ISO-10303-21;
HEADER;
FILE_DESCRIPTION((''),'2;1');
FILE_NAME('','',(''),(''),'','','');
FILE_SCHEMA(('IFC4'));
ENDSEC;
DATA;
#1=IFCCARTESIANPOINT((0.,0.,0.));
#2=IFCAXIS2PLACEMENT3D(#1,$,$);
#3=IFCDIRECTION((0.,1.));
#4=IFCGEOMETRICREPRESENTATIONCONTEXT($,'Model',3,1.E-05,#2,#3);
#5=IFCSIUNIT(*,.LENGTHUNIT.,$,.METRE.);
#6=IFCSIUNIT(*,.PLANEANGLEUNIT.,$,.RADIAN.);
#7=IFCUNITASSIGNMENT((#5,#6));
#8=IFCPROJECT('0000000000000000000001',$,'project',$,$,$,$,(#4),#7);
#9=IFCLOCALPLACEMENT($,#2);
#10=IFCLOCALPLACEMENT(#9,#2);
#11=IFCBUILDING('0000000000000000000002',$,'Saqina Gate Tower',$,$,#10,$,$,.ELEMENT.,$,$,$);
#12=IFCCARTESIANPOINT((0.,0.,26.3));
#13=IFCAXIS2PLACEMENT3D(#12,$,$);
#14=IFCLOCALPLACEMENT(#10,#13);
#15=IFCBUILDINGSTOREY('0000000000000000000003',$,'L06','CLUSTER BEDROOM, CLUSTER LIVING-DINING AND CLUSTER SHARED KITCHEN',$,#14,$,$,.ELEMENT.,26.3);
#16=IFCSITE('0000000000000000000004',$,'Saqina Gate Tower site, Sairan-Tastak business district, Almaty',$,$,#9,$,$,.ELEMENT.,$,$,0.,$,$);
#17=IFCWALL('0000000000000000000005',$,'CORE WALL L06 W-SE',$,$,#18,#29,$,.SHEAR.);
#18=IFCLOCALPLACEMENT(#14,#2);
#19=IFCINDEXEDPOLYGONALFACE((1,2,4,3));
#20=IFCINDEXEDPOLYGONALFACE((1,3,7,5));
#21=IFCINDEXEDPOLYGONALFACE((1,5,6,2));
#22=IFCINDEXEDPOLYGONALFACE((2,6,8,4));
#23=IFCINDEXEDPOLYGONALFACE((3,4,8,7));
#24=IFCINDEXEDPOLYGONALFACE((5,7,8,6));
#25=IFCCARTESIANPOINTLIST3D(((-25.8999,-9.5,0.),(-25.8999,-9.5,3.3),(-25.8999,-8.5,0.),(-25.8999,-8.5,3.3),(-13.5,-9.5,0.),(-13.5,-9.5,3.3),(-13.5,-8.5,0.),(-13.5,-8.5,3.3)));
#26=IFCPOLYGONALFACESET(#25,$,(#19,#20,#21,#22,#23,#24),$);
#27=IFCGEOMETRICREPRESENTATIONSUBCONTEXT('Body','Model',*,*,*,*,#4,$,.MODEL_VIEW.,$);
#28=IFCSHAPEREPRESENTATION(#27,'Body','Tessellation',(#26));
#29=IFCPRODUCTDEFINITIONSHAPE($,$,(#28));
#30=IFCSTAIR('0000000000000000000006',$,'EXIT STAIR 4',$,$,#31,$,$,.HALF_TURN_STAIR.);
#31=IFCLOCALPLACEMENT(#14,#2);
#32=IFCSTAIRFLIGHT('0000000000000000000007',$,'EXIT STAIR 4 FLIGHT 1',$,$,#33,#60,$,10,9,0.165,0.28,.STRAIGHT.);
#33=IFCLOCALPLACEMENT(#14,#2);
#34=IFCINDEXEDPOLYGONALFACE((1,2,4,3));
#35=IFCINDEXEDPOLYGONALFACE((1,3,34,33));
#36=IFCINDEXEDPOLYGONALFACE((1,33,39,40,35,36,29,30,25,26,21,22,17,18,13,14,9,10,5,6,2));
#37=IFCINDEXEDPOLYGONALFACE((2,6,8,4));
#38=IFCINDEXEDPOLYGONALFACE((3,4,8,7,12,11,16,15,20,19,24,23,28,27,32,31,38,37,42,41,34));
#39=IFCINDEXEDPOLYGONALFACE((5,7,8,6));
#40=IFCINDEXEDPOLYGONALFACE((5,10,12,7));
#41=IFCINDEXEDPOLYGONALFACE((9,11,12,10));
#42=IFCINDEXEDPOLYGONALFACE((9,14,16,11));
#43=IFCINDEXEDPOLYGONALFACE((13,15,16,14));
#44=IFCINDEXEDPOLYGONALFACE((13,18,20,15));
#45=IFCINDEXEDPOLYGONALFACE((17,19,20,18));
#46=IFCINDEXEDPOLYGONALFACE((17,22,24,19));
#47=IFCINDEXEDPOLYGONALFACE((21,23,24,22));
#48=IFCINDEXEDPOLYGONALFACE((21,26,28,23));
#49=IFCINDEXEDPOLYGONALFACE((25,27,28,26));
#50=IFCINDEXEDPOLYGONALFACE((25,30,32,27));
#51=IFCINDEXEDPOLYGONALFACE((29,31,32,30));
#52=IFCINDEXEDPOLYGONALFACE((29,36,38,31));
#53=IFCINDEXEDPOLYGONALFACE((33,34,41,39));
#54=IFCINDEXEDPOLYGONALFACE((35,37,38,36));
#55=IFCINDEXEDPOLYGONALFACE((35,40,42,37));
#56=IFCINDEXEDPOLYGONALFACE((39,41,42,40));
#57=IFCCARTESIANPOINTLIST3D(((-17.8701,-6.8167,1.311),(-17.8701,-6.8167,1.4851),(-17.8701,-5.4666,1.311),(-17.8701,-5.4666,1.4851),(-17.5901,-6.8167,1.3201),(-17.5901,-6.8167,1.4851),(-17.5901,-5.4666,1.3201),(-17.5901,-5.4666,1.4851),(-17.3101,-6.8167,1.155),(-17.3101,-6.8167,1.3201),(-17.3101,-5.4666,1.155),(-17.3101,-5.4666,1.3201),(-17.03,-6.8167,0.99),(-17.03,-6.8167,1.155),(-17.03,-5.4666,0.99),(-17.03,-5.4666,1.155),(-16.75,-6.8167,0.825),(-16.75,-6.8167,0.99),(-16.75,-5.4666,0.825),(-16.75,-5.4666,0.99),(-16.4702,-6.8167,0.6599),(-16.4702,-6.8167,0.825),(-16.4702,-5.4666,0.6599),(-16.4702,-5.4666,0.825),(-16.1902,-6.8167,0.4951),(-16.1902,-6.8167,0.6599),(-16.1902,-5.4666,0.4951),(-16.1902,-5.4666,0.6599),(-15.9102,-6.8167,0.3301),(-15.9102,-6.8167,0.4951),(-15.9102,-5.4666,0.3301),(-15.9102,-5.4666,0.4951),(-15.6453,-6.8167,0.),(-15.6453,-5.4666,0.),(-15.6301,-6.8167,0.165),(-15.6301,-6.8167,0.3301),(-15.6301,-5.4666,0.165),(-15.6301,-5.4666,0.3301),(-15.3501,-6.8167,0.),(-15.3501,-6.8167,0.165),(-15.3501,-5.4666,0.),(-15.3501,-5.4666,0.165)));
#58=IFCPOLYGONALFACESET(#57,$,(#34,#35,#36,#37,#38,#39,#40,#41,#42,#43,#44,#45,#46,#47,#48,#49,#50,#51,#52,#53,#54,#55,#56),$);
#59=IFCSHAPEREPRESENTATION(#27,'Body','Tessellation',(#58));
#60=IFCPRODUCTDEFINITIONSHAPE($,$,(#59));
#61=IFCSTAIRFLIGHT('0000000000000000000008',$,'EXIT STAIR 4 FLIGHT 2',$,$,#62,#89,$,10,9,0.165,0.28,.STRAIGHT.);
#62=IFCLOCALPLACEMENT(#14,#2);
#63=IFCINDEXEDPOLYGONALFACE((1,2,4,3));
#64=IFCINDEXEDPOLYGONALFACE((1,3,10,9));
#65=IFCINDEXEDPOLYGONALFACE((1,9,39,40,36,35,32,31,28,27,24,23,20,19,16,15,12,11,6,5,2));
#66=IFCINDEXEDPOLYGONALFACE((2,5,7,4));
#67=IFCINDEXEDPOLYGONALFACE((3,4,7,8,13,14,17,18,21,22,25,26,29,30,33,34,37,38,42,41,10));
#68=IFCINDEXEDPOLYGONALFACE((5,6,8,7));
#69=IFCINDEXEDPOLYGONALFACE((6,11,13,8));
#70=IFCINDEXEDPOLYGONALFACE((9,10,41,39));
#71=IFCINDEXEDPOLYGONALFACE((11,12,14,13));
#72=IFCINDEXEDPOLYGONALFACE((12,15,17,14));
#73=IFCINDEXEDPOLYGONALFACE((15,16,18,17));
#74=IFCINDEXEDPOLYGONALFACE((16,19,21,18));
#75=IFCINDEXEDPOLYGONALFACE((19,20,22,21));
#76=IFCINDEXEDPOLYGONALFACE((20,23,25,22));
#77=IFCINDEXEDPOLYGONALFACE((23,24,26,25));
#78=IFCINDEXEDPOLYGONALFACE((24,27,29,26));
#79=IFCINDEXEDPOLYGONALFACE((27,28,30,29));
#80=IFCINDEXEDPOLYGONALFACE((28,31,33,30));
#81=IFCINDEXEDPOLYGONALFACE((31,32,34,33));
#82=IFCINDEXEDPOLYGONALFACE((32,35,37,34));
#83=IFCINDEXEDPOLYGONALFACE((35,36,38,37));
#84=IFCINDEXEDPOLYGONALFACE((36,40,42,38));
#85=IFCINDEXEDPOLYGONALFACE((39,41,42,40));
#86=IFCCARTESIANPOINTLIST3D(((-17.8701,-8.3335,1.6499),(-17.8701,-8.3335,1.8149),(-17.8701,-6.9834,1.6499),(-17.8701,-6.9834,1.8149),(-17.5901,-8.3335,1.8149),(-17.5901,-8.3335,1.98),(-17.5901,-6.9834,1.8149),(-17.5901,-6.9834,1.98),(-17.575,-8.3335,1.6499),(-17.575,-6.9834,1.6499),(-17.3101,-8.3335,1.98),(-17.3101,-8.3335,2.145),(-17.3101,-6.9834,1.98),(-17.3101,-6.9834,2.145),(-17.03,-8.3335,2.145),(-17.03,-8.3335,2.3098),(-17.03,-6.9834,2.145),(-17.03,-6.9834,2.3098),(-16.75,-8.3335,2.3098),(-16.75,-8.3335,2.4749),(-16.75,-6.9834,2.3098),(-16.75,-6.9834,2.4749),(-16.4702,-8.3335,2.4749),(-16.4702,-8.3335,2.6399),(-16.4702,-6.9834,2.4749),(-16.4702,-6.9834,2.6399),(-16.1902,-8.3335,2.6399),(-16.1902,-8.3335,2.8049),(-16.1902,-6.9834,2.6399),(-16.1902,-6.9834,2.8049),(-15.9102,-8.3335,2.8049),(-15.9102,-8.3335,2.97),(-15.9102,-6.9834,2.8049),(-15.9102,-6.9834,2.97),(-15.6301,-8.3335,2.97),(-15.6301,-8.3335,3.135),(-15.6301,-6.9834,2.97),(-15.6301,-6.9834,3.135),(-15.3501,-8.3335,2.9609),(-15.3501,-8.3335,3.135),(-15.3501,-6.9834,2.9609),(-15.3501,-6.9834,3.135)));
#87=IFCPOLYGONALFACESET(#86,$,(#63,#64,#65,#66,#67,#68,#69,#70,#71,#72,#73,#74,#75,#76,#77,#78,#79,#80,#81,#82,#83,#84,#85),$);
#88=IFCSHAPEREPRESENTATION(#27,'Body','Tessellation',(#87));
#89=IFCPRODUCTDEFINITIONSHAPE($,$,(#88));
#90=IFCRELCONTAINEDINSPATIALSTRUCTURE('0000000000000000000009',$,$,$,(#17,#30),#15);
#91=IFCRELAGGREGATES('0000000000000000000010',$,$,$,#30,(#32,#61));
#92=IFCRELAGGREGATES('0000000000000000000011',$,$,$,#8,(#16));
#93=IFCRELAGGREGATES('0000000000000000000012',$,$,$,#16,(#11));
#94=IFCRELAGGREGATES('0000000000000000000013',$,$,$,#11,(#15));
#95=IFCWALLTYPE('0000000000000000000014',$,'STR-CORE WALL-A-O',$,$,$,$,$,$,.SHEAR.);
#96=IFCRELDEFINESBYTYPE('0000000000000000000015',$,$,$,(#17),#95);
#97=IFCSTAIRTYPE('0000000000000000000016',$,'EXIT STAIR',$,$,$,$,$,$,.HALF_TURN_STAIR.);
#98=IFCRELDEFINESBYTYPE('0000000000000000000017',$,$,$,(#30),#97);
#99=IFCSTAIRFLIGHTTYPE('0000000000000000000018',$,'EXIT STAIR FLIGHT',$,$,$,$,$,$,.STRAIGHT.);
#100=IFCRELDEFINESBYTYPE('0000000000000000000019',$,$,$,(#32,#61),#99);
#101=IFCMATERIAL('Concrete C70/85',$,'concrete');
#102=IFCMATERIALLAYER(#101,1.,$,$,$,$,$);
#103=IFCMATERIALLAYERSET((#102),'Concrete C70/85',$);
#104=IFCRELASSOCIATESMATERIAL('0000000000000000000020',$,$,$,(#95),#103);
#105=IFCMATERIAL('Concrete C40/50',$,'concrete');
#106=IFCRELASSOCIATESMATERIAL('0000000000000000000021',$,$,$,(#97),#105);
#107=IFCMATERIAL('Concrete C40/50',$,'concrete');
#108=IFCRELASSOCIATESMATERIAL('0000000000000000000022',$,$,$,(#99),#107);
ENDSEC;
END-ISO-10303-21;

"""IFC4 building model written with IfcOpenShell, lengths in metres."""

from ifc_helpers import new_model, si_unit, direction, frame, frame_2d, origin, place, context, subcontext, project, spatial, polyline, rectangle, outline, extrude, material, layer, layer_set, type_object, element, aggregate, save


model = new_model("IFC4")

# Units and contexts
model_context = context("Model", 3, precision=1e-05, world=origin(), true_north=direction((0.0, 1.0)))
body_context = subcontext(model_context, "Body", "Model", "MODEL_VIEW")
ifc_project = project(units=[si_unit("LENGTHUNIT", "METRE"), si_unit("PLANEANGLEUNIT", "RADIAN")], contexts=[model_context])

# Site, building, storey
site_placement = place(None, origin())
site = spatial("IfcSite", under=ifc_project, at=site_placement, Name="Saqina Gate Tower site, Sairan-Tastak business district, Almaty", CompositionType="ELEMENT", RefElevation=0.0)
building_placement = place(site_placement, origin())
building = spatial("IfcBuilding", under=site, at=building_placement, Name="Saqina Gate Tower", CompositionType="ELEMENT")
storey_placement = place(building_placement, frame((0.0, 0.0, 26.3)))
storey = spatial("IfcBuildingStorey", under=building, at=storey_placement, Name="L06", Description="CLUSTER BEDROOM, CLUSTER LIVING-DINING AND CLUSTER SHARED KITCHEN", CompositionType="ELEMENT", Elevation=26.3)

# Shared definitions
ifc_material_1 = material(Name="Concrete C70/85", Category="concrete")
ifc_layer_1 = layer(ifc_material_1, 1.0)
ifc_layer_set_1 = layer_set([ifc_layer_1], Name="Concrete C70/85")
wall_type_1 = type_object("IfcWallType", Name="STR-CORE WALL-A-O", PredefinedType="SHEAR", material=ifc_layer_set_1)

# Wall
wall_1_placement = place(storey_placement, frame((-13.5, -9.0, 0.0), z_axis=(0.0, 0.0, 1.0), x_axis=(-1.0, 0.0, 0.0)))
element("IfcWall", 1, at=wall_1_placement, inside=storey, type_object=wall_type_1, Name="CORE WALL L06 W-SE", PredefinedType="SHEAR", context=body_context, shape_type="SweptSolid", body=[
    extrude(rectangle(XDim=12.3999, YDim=1.0, at=frame_2d((6.2, 0.0))), origin(), (0.0, 0.0, 1.0), 3.3),
])

# Stair, stair flights
ifc_material_2 = material(Name="Concrete C40/50", Category="concrete")
stair_type = type_object("IfcStairType", Name="EXIT STAIR", PredefinedType="HALF_TURN_STAIR", material=ifc_material_2)
stair_placement = place(storey_placement, origin())
stair = element("IfcStair", 2, at=stair_placement, inside=storey, type_object=stair_type, Name="EXIT STAIR 4", PredefinedType="HALF_TURN_STAIR")
ifc_material_3 = material(Name="Concrete C40/50", Category="concrete")
stair_flight_type = type_object("IfcStairFlightType", Name="EXIT STAIR FLIGHT", PredefinedType="STRAIGHT", material=ifc_material_3)
stair_flight_1_placement = place(storey_placement, frame((-15.3501, -6.1416, 0.0), z_axis=(0.0, 0.0, 1.0), x_axis=(-1.0, 0.0, 0.0)))
stair_flight_1 = element("IfcStairFlight", 3, at=stair_flight_1_placement, type_object=stair_flight_type, Name="EXIT STAIR 4 FLIGHT 1", NumberOfRisers=10, NumberOfTreads=9, PredefinedType="STRAIGHT", RiserHeight=0.165, TreadLength=0.28, context=body_context, shape_type="SweptSolid", body=[
    extrude(outline(polyline([(0.0, 0.0), (0.0, 0.165), (0.28, 0.165), (0.28, 0.3301), (0.5601, 0.3301), (0.5601, 0.4951), (0.8401, 0.4951), (0.8401, 0.6599), (1.1201, 0.6599), (1.1201, 0.825), (1.3999, 0.825), (1.3999, 0.99), (1.6799, 0.99), (1.6799, 1.155), (1.96, 1.155), (1.96, 1.3201), (2.24, 1.3201), (2.24, 1.4851), (2.52, 1.4851), (2.52, 1.6499), (2.52, 1.311), (0.2952, 0.0), (0.0, 0.0)])), frame((0.0, 0.675, 0.0), z_axis=(0.0, -1.0, 0.0), x_axis=(1.0, 0.0, 0.0)), (0.0, 0.0, 1.0), 1.3501),
])
stair_flight_2_placement = place(storey_placement, frame((-17.8701, -7.6584, 1.6499), z_axis=(0.0, 0.0, 1.0), x_axis=(1.0, 0.0, 0.0)))
stair_flight_2 = element("IfcStairFlight", 4, at=stair_flight_2_placement, type_object=stair_flight_type, Name="EXIT STAIR 4 FLIGHT 2", NumberOfRisers=10, NumberOfTreads=9, PredefinedType="STRAIGHT", RiserHeight=0.165, TreadLength=0.28, context=body_context, shape_type="SweptSolid", body=[
    extrude(outline(polyline([(0.0, 0.0), (0.0, 0.165), (0.28, 0.165), (0.28, 0.3301), (0.5601, 0.3301), (0.5601, 0.4951), (0.8401, 0.4951), (0.8401, 0.6599), (1.1201, 0.6599), (1.1201, 0.825), (1.3999, 0.825), (1.3999, 0.99), (1.6799, 0.99), (1.6799, 1.155), (1.96, 1.155), (1.96, 1.3201), (2.24, 1.3201), (2.24, 1.4851), (2.52, 1.4851), (2.52, 1.6499), (2.52, 1.311), (0.2952, 0.0), (0.0, 0.0)])), frame((0.0, 0.675, 0.0), z_axis=(0.0, -1.0, 0.0), x_axis=(1.0, 0.0, 0.0)), (0.0, 0.0, 1.0), 1.3501),
])
aggregate(stair, [stair_flight_1, stair_flight_2])

save(model, "model.ifc")
